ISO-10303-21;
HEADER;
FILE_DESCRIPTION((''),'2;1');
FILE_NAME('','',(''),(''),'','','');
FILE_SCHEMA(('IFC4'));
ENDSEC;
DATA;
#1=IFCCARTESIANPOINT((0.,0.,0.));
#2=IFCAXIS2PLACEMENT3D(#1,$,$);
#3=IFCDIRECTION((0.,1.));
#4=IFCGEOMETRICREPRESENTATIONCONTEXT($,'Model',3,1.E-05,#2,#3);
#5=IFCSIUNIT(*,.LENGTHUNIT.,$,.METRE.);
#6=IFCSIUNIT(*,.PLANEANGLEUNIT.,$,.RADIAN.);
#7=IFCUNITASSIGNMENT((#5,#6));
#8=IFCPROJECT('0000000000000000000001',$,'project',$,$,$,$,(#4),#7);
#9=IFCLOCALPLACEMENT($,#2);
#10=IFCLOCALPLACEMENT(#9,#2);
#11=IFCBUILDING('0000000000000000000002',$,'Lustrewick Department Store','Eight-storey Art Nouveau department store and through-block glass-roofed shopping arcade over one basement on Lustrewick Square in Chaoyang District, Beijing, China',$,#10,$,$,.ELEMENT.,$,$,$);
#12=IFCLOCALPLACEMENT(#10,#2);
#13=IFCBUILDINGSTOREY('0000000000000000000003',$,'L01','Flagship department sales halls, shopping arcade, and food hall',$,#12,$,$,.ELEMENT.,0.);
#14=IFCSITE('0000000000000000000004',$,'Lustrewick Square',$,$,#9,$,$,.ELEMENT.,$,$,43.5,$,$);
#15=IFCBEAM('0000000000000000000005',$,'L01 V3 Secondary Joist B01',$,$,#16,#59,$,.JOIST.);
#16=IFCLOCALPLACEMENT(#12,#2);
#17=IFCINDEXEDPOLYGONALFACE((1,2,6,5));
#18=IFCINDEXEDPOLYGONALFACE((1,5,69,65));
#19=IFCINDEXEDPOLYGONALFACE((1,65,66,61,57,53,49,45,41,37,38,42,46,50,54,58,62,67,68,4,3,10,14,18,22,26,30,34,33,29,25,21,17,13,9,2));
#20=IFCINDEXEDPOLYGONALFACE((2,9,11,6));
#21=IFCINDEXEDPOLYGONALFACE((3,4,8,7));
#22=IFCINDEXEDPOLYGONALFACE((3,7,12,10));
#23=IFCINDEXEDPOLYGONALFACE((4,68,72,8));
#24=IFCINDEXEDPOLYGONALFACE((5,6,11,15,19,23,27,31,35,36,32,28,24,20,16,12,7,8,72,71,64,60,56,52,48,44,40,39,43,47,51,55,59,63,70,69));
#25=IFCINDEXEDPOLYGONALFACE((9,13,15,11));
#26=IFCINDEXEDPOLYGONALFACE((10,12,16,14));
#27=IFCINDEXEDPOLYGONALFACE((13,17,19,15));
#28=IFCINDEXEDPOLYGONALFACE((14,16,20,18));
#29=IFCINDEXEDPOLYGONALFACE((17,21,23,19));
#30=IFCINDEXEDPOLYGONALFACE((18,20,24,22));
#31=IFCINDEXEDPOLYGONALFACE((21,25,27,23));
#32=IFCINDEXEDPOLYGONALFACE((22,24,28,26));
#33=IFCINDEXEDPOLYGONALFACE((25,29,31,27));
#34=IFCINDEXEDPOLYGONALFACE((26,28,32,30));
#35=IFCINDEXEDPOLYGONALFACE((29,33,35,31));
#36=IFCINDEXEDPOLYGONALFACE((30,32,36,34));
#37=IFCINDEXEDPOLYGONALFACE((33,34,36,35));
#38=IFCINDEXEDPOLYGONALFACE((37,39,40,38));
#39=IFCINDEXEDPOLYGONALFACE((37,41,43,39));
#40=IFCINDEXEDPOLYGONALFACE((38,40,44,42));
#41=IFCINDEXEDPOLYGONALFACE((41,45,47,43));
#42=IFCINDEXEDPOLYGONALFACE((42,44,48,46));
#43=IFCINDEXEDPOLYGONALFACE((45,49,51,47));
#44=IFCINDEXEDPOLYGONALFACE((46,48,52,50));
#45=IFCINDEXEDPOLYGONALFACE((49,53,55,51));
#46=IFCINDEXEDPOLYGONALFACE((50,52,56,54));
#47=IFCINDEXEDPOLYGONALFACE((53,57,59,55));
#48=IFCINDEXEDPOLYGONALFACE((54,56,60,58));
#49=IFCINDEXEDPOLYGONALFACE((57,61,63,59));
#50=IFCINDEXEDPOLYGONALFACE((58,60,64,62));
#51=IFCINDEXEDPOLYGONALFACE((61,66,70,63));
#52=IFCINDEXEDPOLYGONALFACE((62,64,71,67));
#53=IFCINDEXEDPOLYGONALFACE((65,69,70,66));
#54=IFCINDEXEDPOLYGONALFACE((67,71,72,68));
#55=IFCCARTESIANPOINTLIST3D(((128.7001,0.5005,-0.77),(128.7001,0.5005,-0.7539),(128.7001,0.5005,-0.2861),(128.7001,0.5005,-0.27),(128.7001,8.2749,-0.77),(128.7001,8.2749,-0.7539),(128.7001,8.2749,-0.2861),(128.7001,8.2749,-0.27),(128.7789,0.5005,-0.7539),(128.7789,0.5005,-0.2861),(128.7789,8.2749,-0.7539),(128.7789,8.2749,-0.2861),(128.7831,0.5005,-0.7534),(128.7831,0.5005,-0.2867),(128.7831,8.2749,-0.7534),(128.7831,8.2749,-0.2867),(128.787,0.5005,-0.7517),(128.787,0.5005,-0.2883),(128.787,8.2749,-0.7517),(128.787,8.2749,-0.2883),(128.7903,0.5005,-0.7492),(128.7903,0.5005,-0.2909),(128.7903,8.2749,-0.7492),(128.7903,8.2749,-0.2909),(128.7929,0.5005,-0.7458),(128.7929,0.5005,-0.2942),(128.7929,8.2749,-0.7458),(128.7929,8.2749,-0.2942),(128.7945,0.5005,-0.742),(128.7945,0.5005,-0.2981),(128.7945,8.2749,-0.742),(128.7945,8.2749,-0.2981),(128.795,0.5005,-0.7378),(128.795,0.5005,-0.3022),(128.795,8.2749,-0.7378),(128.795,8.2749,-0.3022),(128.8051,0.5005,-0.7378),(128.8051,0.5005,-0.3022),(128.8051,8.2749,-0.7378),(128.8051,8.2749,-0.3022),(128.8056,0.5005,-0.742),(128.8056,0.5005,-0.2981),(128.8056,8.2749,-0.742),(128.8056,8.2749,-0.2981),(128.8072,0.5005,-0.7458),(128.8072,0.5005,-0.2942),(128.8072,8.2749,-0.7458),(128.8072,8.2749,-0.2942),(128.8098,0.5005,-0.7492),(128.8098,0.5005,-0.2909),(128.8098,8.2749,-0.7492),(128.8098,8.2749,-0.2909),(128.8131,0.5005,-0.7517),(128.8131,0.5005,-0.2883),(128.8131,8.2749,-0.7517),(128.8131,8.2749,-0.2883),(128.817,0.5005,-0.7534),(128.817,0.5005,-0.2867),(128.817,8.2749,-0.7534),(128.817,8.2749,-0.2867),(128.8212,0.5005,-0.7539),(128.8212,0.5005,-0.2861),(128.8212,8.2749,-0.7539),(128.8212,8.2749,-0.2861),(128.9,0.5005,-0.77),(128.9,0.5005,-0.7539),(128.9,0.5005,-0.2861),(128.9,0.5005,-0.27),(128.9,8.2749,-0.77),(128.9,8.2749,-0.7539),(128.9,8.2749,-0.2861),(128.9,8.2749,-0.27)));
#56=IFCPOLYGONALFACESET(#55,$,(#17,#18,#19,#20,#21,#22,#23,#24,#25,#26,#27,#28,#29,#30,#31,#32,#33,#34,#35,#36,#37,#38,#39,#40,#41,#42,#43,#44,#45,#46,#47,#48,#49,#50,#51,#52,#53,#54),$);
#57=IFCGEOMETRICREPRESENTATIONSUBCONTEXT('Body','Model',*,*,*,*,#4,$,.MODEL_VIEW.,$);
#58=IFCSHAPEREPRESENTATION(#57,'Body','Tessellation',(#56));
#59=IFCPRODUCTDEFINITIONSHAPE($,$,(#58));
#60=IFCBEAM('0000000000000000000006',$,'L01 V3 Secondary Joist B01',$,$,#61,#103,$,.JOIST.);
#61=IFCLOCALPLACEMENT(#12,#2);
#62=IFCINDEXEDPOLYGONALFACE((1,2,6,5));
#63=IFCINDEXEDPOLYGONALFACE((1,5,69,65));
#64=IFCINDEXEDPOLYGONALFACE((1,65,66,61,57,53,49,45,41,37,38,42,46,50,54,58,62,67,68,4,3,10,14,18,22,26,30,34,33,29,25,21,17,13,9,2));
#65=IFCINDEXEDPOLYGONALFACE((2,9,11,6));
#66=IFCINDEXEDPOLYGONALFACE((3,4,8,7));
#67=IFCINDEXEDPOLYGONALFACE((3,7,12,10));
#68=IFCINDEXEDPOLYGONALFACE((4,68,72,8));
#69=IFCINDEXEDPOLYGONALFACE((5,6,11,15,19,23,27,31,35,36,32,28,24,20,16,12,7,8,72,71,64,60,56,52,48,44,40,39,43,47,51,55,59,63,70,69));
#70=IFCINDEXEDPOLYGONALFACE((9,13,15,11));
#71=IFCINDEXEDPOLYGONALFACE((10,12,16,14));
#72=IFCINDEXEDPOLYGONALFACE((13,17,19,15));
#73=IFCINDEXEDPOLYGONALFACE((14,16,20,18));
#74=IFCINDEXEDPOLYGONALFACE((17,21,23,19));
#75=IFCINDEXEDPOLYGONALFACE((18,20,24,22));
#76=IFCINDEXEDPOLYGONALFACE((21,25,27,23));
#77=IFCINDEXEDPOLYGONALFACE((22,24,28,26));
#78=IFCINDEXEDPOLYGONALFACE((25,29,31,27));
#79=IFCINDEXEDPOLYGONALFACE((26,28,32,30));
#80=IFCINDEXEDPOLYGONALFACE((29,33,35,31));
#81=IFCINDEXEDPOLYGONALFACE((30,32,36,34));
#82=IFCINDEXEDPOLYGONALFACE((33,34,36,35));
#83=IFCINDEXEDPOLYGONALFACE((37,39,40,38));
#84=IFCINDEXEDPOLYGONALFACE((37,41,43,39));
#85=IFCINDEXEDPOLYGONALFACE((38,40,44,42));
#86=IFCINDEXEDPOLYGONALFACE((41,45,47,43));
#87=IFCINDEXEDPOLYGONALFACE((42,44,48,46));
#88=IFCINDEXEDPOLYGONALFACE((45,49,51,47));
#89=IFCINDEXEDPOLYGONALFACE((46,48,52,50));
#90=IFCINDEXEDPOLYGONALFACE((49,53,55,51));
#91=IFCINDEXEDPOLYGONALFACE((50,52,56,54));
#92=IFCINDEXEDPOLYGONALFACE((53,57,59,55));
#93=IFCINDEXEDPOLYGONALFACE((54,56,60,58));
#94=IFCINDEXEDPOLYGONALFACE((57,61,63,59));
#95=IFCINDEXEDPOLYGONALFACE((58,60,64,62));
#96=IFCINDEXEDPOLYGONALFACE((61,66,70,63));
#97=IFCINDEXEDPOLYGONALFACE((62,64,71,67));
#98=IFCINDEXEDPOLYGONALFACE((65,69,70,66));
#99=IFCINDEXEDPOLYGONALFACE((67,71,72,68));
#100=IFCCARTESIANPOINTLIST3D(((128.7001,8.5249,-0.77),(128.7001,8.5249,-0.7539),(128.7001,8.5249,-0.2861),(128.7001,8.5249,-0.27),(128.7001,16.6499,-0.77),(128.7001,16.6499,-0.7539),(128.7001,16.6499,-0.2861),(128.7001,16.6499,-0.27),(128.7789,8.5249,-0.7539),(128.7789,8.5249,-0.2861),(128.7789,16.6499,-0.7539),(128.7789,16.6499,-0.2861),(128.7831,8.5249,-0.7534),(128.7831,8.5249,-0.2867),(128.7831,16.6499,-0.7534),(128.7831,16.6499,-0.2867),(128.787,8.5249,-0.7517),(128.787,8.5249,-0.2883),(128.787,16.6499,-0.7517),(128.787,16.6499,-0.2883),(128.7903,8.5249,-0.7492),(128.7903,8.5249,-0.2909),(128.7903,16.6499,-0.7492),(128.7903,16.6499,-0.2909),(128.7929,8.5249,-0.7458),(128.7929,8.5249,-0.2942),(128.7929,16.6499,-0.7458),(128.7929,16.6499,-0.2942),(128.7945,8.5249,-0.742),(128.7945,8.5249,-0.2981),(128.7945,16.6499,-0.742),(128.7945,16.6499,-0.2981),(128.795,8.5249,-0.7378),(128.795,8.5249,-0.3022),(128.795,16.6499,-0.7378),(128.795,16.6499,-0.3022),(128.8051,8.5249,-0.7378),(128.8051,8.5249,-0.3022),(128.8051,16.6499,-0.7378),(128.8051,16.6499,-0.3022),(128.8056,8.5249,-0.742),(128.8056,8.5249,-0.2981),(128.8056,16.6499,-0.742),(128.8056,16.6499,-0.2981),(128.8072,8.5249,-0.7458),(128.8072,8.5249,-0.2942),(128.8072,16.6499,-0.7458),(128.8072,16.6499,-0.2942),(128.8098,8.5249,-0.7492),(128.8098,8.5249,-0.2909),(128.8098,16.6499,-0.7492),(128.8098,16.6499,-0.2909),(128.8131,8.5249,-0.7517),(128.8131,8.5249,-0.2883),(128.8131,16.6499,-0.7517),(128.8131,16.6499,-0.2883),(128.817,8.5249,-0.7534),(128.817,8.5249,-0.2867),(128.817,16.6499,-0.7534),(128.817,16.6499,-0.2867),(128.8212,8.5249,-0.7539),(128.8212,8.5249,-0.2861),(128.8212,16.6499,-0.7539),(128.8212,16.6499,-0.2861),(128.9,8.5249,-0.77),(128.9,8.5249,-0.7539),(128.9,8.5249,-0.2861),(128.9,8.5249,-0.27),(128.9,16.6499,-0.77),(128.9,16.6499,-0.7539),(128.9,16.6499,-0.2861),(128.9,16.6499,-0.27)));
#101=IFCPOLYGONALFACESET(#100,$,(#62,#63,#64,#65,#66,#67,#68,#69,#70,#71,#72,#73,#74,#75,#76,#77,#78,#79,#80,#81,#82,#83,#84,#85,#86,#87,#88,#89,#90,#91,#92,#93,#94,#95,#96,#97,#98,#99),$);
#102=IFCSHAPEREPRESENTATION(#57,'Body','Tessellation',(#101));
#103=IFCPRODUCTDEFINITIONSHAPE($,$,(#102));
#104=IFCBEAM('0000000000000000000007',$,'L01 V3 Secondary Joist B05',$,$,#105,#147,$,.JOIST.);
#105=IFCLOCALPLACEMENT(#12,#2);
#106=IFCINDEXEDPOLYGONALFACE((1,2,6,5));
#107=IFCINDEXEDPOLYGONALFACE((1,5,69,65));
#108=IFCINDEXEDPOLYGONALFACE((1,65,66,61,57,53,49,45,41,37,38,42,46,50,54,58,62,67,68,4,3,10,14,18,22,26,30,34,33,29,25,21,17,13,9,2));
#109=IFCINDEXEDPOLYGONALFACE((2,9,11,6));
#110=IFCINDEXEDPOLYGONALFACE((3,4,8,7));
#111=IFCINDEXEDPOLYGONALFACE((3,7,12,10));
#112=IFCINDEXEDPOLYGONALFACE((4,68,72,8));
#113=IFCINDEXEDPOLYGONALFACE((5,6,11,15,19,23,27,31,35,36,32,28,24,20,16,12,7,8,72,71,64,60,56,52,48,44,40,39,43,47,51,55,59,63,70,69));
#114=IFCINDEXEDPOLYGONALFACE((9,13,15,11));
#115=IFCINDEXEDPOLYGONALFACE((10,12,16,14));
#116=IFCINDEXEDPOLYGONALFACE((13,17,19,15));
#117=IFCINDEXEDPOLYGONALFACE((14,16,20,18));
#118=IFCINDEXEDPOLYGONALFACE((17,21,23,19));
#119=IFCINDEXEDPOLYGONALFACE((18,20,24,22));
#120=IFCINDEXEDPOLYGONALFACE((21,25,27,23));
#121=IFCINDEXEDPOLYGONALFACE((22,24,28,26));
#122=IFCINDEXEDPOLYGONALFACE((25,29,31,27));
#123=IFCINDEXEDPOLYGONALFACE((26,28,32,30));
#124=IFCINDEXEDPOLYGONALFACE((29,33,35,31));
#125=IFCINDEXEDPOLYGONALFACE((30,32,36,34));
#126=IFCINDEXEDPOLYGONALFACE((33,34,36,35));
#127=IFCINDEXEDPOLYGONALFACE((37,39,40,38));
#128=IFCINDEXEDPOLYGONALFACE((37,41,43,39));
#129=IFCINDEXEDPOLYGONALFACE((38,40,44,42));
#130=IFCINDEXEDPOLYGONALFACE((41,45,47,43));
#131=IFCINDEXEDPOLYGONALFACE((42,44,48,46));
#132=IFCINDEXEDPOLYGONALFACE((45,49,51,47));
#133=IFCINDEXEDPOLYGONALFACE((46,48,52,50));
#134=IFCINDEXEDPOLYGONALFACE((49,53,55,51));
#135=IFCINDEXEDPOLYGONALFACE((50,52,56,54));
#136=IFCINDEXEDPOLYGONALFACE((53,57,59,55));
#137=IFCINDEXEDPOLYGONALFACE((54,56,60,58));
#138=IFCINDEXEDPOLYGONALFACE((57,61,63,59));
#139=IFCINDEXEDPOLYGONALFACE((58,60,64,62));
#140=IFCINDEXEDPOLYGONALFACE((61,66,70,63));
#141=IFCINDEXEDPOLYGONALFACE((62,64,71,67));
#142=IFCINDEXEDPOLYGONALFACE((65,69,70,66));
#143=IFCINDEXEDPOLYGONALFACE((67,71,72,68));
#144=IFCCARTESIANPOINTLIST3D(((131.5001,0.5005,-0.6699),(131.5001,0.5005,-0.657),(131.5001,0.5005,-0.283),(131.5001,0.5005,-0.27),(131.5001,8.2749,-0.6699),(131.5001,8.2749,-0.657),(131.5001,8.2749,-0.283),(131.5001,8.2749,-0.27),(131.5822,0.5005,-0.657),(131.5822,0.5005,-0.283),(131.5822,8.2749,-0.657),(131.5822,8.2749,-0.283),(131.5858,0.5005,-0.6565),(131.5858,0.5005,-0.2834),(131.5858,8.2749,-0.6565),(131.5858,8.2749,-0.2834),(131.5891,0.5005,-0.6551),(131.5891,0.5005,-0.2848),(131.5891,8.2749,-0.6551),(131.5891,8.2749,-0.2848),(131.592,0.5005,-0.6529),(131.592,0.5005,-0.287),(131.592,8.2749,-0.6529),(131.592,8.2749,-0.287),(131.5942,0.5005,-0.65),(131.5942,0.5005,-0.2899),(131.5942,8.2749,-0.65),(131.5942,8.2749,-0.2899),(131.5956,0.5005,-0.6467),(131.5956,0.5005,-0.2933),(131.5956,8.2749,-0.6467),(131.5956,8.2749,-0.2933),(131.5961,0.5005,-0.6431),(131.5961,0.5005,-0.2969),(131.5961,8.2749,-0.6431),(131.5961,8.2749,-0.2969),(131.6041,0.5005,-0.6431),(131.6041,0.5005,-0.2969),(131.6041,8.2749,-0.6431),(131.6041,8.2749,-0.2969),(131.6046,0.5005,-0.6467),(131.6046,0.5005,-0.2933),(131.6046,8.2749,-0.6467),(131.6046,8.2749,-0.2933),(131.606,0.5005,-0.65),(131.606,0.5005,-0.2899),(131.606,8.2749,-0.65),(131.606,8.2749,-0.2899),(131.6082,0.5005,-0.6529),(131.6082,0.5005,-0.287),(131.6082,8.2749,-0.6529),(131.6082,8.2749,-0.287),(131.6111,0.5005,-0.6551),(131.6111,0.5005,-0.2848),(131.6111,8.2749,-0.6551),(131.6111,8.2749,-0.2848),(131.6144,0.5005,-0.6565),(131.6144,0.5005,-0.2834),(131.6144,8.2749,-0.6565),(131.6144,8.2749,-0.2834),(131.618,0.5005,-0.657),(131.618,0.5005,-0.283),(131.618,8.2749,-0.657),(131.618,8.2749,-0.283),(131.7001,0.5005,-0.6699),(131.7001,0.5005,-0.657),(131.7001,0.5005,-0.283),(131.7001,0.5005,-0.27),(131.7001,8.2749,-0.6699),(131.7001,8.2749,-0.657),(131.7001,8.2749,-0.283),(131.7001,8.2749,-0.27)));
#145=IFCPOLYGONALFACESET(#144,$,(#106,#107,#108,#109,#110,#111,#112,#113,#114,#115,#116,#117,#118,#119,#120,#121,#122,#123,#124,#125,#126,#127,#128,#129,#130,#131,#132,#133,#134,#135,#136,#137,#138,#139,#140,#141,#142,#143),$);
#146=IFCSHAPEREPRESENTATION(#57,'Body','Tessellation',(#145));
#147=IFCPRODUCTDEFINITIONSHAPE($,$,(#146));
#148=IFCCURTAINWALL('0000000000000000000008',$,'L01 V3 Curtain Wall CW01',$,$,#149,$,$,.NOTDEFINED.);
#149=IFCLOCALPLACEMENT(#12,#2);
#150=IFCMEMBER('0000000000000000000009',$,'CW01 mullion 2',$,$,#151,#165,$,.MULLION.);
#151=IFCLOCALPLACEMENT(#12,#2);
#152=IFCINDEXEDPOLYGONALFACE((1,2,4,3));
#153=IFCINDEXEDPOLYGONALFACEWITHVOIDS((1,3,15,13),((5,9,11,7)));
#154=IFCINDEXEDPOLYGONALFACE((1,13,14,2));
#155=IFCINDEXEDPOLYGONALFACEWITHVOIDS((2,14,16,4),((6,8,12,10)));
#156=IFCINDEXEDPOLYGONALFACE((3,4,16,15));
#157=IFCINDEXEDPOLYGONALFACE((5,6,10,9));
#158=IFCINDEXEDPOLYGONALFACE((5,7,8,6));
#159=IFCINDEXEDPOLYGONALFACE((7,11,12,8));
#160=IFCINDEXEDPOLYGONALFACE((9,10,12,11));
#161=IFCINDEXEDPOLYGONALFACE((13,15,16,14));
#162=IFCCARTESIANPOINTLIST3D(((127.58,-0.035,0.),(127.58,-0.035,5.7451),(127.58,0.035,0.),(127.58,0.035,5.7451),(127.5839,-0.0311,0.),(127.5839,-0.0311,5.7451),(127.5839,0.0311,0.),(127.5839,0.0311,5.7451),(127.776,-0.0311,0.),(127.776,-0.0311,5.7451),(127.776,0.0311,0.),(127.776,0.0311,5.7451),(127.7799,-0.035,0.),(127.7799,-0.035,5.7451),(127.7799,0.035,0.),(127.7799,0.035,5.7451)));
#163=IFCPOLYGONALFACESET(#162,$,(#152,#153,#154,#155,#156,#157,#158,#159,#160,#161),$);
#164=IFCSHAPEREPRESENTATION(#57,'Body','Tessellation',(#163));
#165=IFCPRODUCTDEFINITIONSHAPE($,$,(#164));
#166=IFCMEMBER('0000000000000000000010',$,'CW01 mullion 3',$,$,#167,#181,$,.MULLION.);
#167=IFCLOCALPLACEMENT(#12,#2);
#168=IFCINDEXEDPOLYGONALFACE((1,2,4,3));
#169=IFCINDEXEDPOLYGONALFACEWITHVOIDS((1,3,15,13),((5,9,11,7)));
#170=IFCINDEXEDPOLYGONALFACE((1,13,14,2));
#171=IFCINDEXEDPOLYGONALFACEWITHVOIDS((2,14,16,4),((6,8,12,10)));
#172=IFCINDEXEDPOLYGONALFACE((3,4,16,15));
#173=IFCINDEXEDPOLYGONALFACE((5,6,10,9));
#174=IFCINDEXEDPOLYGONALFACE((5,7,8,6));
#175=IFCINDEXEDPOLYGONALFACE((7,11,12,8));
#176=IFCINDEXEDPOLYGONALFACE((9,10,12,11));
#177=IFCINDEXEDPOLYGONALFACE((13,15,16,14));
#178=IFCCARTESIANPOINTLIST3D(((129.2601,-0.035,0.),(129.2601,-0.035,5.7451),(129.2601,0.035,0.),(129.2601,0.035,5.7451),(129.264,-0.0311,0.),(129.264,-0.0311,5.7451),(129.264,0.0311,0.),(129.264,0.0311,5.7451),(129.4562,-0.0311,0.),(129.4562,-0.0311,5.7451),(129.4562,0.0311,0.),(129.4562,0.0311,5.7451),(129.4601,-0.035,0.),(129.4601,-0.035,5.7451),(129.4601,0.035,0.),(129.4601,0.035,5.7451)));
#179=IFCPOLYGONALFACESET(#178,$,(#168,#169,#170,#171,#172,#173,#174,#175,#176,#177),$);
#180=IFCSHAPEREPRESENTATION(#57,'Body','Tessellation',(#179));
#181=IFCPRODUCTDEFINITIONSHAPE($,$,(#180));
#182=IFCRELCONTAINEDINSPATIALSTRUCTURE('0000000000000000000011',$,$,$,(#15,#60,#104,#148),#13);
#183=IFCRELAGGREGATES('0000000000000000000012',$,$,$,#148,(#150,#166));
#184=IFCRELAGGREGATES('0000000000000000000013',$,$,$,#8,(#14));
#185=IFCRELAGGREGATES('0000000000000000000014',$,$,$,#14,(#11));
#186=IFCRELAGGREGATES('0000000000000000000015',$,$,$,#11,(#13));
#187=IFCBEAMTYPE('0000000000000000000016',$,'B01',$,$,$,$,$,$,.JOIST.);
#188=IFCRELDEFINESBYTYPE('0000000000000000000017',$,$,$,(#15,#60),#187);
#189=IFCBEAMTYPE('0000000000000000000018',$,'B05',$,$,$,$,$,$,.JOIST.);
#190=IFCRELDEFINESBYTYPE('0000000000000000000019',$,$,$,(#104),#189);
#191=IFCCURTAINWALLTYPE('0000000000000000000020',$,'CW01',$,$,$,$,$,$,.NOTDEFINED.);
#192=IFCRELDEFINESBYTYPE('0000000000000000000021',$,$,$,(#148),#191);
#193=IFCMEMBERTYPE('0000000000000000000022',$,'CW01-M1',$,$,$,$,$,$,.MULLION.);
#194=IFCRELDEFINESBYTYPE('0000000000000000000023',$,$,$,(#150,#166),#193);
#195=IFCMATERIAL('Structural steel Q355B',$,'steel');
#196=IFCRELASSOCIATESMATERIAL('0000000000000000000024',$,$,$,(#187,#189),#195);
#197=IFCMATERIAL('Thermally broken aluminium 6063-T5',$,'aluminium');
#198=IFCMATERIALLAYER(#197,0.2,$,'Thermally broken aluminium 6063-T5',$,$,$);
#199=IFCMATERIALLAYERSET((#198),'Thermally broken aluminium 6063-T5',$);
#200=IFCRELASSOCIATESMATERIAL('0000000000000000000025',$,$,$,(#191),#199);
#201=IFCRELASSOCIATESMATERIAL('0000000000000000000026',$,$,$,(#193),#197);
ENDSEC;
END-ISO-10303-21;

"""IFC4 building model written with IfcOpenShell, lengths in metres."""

from ifc_helpers import new_model, si_unit, direction, frame, origin, origin_2d, place, context, subcontext, project, spatial, hollow_rectangle, i_section, extrude, material, layer, layer_set, material_profile, profile_set, type_object, element, aggregate, save


model = new_model("IFC4")

# Units and contexts
model_context = context("Model", 3, precision=1e-05, world=origin(), true_north=direction((0.0, 1.0)))
body_context = subcontext(model_context, "Body", "Model", "MODEL_VIEW")
ifc_project = project(units=[si_unit("LENGTHUNIT", "METRE"), si_unit("PLANEANGLEUNIT", "RADIAN")], contexts=[model_context])

# Site, building, storey
site_placement = place(None, origin())
site = spatial("IfcSite", under=ifc_project, at=site_placement, Name="Lustrewick Square", CompositionType="ELEMENT", RefElevation=43.5)
building_placement = place(site_placement, origin())
building = spatial("IfcBuilding", under=site, at=building_placement, Name="Lustrewick Department Store", Description="Eight-storey Art Nouveau department store and through-block glass-roofed shopping arcade over one basement on Lustrewick Square in Chaoyang District, Beijing, China", CompositionType="ELEMENT")
storey_placement = place(building_placement, origin())
storey = spatial("IfcBuildingStorey", under=building, at=storey_placement, Name="L01", Description="Flagship department sales halls, shopping arcade, and food hall", CompositionType="ELEMENT", Elevation=0.0)

# Beams
ifc_material_1 = material(Name="Structural steel Q355B", Category="steel")
ifc_material_profile_1 = material_profile(ifc_material_1, i_section(OverallWidth=0.2, OverallDepth=0.5, WebThickness=0.01, FlangeThickness=0.0161, FilletRadius=0.0161, at=origin_2d()), Name="HN 500x200x10x16")
ifc_profile_set_1 = profile_set([ifc_material_profile_1], Name="Structural steel Q355B")
beam_type_1 = type_object("IfcBeamType", Name="B01", PredefinedType="JOIST", material=ifc_profile_set_1)
beam_1_placement = place(storey_placement, frame((128.8, 0.5005, -0.52), z_axis=(0.0, 1.0, 0.0), x_axis=(-1.0, 0.0, 0.0)))
element("IfcBeam", 1, at=beam_1_placement, inside=storey, type_object=beam_type_1, Name="L01 V3 Secondary Joist B01", PredefinedType="JOIST", context=body_context, shape_type="SweptSolid", body=[
    extrude(i_section(OverallWidth=0.2, OverallDepth=0.5, WebThickness=0.01, FlangeThickness=0.0161, FilletRadius=0.0161, at=origin_2d()), origin(), (0.0, 0.0, 1.0), 7.7744),
])
beam_2_placement = place(storey_placement, frame((128.8, 8.5249, -0.52), z_axis=(0.0, 1.0, 0.0), x_axis=(-1.0, 0.0, 0.0)))
element("IfcBeam", 2, at=beam_2_placement, inside=storey, type_object=beam_type_1, Name="L01 V3 Secondary Joist B01", PredefinedType="JOIST", context=body_context, shape_type="SweptSolid", body=[
    extrude(i_section(OverallWidth=0.2, OverallDepth=0.5, WebThickness=0.01, FlangeThickness=0.0161, FilletRadius=0.0161, at=origin_2d()), origin(), (0.0, 0.0, 1.0), 8.125),
])
ifc_material_profile_2 = material_profile(ifc_material_1, i_section(OverallWidth=0.2, OverallDepth=0.3999, WebThickness=0.0081, FlangeThickness=0.0129, FilletRadius=0.0139, at=origin_2d()), Name="HN 400x200x8x13")
ifc_profile_set_2 = profile_set([ifc_material_profile_2], Name="Structural steel Q355B")
beam_type_2 = type_object("IfcBeamType", Name="B05", PredefinedType="JOIST", material=ifc_profile_set_2)
beam_3_placement = place(storey_placement, frame((131.6001, 0.5005, -0.47), z_axis=(0.0, 1.0, 0.0), x_axis=(-1.0, 0.0, 0.0)))
element("IfcBeam", 3, at=beam_3_placement, inside=storey, type_object=beam_type_2, Name="L01 V3 Secondary Joist B05", PredefinedType="JOIST", context=body_context, shape_type="SweptSolid", body=[
    extrude(i_section(OverallWidth=0.2, OverallDepth=0.3999, WebThickness=0.0081, FlangeThickness=0.0129, FilletRadius=0.0139, at=origin_2d()), origin(), (0.0, 0.0, 1.0), 7.7744),
])

# Curtain wall, members
ifc_material_2 = material(Name="Thermally broken aluminium 6063-T5", Category="aluminium")
ifc_layer_1 = layer(ifc_material_2, 0.2, Name="Thermally broken aluminium 6063-T5")
ifc_layer_set_1 = layer_set([ifc_layer_1], Name="Thermally broken aluminium 6063-T5")
curtain_wall_type = type_object("IfcCurtainWallType", Name="CW01", PredefinedType="NOTDEFINED", material=ifc_layer_set_1)
curtain_wall_placement = place(storey_placement, origin())
curtain_wall = element("IfcCurtainWall", 4, at=curtain_wall_placement, inside=storey, type_object=curtain_wall_type, Name="L01 V3 Curtain Wall CW01", PredefinedType="NOTDEFINED")
ifc_material_profile_3 = material_profile(ifc_material_2, hollow_rectangle(XDim=0.0701, YDim=0.2, WallThickness=0.0039, at=origin_2d()), Name="ALU-M 70x200x4")
ifc_profile_set_3 = profile_set([ifc_material_profile_3], Name="Thermally broken aluminium 6063-T5")
member_type_1 = type_object("IfcMemberType", Name="CW01-M1", PredefinedType="MULLION", material=ifc_profile_set_3)
member_1_placement = place(storey_placement, frame((127.6799, 0.0, 0.0), z_axis=(0.0, 0.0, 1.0), x_axis=(0.0, 1.0, 0.0)))
member_1 = element("IfcMember", 5, at=member_1_placement, type_object=member_type_1, Name="CW01 mullion 2", PredefinedType="MULLION", context=body_context, shape_type="SweptSolid", body=[
    extrude(hollow_rectangle(XDim=0.0701, YDim=0.2, WallThickness=0.0039, at=origin_2d()), origin(), (0.0, 0.0, 1.0), 5.7451),
])
member_2_placement = place(storey_placement, frame((129.3601, 0.0, 0.0), z_axis=(0.0, 0.0, 1.0), x_axis=(0.0, 1.0, 0.0)))
member_2 = element("IfcMember", 6, at=member_2_placement, type_object=member_type_1, Name="CW01 mullion 3", PredefinedType="MULLION", context=body_context, shape_type="SweptSolid", body=[
    extrude(hollow_rectangle(XDim=0.0701, YDim=0.2, WallThickness=0.0039, at=origin_2d()), origin(), (0.0, 0.0, 1.0), 5.7451),
])
aggregate(curtain_wall, [member_1, member_2])

save(model, "model.ifc")
